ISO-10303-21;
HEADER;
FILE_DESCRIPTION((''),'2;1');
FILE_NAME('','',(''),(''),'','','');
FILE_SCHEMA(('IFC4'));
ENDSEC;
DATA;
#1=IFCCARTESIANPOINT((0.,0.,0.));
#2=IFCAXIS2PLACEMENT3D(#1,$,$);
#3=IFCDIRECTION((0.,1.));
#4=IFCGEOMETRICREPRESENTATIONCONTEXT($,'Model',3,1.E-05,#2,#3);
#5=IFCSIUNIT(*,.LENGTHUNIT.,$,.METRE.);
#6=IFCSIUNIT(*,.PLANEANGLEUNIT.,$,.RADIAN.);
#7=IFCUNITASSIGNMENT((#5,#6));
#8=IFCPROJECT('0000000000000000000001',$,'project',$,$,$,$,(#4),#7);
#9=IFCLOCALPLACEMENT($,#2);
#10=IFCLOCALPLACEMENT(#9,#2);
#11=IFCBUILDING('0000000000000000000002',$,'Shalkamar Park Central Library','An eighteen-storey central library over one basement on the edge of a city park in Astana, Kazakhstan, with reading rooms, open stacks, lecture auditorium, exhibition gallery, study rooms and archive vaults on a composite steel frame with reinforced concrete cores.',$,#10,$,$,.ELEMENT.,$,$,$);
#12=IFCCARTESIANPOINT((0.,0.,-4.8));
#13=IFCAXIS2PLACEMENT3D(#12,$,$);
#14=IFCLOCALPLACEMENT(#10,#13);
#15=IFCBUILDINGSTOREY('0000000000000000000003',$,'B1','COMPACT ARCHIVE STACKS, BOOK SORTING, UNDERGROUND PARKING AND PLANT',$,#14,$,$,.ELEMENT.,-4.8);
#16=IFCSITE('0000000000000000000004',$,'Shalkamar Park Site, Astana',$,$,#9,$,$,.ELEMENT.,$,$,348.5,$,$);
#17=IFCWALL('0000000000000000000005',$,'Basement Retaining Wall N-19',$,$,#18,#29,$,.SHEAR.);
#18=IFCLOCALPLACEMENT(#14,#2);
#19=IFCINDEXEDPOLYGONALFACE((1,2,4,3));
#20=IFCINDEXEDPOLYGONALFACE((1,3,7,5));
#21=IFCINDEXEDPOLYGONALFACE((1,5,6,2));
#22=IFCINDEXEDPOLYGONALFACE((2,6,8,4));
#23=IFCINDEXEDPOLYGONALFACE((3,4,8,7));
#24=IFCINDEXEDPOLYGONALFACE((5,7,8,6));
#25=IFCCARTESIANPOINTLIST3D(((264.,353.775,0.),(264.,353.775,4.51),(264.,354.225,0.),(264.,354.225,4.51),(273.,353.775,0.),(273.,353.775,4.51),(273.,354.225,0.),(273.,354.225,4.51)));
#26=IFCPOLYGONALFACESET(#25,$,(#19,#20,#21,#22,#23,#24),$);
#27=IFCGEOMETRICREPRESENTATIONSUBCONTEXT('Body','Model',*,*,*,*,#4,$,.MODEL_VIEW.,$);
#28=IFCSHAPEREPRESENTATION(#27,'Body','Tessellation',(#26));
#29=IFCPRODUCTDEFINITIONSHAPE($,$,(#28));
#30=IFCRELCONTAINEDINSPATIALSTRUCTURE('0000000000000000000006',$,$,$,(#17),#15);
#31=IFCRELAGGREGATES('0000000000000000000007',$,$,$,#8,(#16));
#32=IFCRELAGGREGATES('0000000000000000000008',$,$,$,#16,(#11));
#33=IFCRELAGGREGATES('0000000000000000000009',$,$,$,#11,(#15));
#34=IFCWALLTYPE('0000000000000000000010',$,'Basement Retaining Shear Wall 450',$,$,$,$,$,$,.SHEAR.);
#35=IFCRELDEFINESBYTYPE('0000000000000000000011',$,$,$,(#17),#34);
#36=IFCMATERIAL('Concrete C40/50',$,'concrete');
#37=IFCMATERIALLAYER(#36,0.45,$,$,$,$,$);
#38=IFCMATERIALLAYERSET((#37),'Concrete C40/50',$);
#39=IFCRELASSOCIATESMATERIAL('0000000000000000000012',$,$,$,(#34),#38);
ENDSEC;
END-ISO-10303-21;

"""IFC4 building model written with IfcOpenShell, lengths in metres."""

from ifc_helpers import new_model, si_unit, direction, frame, frame_2d, origin, place, context, subcontext, project, spatial, rectangle, extrude, material, layer, layer_set, type_object, element, save


model = new_model("IFC4")

# Units and contexts
model_context = context("Model", 3, precision=1e-05, world=origin(), true_north=direction((0.0, 1.0)))
body_context = subcontext(model_context, "Body", "Model", "MODEL_VIEW")
ifc_project = project(units=[si_unit("LENGTHUNIT", "METRE"), si_unit("PLANEANGLEUNIT", "RADIAN")], contexts=[model_context])

# Site, building, storey
site_placement = place(None, origin())
site = spatial("IfcSite", under=ifc_project, at=site_placement, Name="Shalkamar Park Site, Astana", CompositionType="ELEMENT", RefElevation=348.5)
building_placement = place(site_placement, origin())
building = spatial("IfcBuilding", under=site, at=building_placement, Name="Shalkamar Park Central Library", Description="An eighteen-storey central library over one basement on the edge of a city park in Astana, Kazakhstan, with reading rooms, open stacks, lecture auditorium, exhibition gallery, study rooms and archive vaults on a composite steel frame with reinforced concrete cores.", CompositionType="ELEMENT")
storey_placement = place(building_placement, frame((0.0, 0.0, -4.8)))
storey = spatial("IfcBuildingStorey", under=building, at=storey_placement, Name="B1", Description="COMPACT ARCHIVE STACKS, BOOK SORTING, UNDERGROUND PARKING AND PLANT", CompositionType="ELEMENT", Elevation=-4.8)

# Shared definitions
ifc_material_1 = material(Name="Concrete C40/50", Category="concrete")

# Wall
ifc_layer = layer(ifc_material_1, 0.45)
ifc_layer_set = layer_set([ifc_layer], Name="Concrete C40/50")
wall_type = type_object("IfcWallType", Name="Basement Retaining Shear Wall 450", PredefinedType="SHEAR", material=ifc_layer_set)
for number, where, z_axis, x_axis, name in (
    (1, (264.0, 354.0, 0.0), (0.0, 0.0, 1.0), (1.0, 0.0, 0.0), "Basement Retaining Wall N-19"),
):
    element("IfcWall", number, at=place(storey_placement, frame(where, z_axis=z_axis, x_axis=x_axis)), inside=storey, type_object=wall_type, Name=name, PredefinedType="SHEAR", context=body_context, shape_type="SweptSolid", body=[
        extrude(rectangle(XDim=9.0, YDim=0.45, at=frame_2d((4.5, 0.0))), origin(), (0.0, 0.0, 1.0), 4.51),
    ])

save(model, "model.ifc")
